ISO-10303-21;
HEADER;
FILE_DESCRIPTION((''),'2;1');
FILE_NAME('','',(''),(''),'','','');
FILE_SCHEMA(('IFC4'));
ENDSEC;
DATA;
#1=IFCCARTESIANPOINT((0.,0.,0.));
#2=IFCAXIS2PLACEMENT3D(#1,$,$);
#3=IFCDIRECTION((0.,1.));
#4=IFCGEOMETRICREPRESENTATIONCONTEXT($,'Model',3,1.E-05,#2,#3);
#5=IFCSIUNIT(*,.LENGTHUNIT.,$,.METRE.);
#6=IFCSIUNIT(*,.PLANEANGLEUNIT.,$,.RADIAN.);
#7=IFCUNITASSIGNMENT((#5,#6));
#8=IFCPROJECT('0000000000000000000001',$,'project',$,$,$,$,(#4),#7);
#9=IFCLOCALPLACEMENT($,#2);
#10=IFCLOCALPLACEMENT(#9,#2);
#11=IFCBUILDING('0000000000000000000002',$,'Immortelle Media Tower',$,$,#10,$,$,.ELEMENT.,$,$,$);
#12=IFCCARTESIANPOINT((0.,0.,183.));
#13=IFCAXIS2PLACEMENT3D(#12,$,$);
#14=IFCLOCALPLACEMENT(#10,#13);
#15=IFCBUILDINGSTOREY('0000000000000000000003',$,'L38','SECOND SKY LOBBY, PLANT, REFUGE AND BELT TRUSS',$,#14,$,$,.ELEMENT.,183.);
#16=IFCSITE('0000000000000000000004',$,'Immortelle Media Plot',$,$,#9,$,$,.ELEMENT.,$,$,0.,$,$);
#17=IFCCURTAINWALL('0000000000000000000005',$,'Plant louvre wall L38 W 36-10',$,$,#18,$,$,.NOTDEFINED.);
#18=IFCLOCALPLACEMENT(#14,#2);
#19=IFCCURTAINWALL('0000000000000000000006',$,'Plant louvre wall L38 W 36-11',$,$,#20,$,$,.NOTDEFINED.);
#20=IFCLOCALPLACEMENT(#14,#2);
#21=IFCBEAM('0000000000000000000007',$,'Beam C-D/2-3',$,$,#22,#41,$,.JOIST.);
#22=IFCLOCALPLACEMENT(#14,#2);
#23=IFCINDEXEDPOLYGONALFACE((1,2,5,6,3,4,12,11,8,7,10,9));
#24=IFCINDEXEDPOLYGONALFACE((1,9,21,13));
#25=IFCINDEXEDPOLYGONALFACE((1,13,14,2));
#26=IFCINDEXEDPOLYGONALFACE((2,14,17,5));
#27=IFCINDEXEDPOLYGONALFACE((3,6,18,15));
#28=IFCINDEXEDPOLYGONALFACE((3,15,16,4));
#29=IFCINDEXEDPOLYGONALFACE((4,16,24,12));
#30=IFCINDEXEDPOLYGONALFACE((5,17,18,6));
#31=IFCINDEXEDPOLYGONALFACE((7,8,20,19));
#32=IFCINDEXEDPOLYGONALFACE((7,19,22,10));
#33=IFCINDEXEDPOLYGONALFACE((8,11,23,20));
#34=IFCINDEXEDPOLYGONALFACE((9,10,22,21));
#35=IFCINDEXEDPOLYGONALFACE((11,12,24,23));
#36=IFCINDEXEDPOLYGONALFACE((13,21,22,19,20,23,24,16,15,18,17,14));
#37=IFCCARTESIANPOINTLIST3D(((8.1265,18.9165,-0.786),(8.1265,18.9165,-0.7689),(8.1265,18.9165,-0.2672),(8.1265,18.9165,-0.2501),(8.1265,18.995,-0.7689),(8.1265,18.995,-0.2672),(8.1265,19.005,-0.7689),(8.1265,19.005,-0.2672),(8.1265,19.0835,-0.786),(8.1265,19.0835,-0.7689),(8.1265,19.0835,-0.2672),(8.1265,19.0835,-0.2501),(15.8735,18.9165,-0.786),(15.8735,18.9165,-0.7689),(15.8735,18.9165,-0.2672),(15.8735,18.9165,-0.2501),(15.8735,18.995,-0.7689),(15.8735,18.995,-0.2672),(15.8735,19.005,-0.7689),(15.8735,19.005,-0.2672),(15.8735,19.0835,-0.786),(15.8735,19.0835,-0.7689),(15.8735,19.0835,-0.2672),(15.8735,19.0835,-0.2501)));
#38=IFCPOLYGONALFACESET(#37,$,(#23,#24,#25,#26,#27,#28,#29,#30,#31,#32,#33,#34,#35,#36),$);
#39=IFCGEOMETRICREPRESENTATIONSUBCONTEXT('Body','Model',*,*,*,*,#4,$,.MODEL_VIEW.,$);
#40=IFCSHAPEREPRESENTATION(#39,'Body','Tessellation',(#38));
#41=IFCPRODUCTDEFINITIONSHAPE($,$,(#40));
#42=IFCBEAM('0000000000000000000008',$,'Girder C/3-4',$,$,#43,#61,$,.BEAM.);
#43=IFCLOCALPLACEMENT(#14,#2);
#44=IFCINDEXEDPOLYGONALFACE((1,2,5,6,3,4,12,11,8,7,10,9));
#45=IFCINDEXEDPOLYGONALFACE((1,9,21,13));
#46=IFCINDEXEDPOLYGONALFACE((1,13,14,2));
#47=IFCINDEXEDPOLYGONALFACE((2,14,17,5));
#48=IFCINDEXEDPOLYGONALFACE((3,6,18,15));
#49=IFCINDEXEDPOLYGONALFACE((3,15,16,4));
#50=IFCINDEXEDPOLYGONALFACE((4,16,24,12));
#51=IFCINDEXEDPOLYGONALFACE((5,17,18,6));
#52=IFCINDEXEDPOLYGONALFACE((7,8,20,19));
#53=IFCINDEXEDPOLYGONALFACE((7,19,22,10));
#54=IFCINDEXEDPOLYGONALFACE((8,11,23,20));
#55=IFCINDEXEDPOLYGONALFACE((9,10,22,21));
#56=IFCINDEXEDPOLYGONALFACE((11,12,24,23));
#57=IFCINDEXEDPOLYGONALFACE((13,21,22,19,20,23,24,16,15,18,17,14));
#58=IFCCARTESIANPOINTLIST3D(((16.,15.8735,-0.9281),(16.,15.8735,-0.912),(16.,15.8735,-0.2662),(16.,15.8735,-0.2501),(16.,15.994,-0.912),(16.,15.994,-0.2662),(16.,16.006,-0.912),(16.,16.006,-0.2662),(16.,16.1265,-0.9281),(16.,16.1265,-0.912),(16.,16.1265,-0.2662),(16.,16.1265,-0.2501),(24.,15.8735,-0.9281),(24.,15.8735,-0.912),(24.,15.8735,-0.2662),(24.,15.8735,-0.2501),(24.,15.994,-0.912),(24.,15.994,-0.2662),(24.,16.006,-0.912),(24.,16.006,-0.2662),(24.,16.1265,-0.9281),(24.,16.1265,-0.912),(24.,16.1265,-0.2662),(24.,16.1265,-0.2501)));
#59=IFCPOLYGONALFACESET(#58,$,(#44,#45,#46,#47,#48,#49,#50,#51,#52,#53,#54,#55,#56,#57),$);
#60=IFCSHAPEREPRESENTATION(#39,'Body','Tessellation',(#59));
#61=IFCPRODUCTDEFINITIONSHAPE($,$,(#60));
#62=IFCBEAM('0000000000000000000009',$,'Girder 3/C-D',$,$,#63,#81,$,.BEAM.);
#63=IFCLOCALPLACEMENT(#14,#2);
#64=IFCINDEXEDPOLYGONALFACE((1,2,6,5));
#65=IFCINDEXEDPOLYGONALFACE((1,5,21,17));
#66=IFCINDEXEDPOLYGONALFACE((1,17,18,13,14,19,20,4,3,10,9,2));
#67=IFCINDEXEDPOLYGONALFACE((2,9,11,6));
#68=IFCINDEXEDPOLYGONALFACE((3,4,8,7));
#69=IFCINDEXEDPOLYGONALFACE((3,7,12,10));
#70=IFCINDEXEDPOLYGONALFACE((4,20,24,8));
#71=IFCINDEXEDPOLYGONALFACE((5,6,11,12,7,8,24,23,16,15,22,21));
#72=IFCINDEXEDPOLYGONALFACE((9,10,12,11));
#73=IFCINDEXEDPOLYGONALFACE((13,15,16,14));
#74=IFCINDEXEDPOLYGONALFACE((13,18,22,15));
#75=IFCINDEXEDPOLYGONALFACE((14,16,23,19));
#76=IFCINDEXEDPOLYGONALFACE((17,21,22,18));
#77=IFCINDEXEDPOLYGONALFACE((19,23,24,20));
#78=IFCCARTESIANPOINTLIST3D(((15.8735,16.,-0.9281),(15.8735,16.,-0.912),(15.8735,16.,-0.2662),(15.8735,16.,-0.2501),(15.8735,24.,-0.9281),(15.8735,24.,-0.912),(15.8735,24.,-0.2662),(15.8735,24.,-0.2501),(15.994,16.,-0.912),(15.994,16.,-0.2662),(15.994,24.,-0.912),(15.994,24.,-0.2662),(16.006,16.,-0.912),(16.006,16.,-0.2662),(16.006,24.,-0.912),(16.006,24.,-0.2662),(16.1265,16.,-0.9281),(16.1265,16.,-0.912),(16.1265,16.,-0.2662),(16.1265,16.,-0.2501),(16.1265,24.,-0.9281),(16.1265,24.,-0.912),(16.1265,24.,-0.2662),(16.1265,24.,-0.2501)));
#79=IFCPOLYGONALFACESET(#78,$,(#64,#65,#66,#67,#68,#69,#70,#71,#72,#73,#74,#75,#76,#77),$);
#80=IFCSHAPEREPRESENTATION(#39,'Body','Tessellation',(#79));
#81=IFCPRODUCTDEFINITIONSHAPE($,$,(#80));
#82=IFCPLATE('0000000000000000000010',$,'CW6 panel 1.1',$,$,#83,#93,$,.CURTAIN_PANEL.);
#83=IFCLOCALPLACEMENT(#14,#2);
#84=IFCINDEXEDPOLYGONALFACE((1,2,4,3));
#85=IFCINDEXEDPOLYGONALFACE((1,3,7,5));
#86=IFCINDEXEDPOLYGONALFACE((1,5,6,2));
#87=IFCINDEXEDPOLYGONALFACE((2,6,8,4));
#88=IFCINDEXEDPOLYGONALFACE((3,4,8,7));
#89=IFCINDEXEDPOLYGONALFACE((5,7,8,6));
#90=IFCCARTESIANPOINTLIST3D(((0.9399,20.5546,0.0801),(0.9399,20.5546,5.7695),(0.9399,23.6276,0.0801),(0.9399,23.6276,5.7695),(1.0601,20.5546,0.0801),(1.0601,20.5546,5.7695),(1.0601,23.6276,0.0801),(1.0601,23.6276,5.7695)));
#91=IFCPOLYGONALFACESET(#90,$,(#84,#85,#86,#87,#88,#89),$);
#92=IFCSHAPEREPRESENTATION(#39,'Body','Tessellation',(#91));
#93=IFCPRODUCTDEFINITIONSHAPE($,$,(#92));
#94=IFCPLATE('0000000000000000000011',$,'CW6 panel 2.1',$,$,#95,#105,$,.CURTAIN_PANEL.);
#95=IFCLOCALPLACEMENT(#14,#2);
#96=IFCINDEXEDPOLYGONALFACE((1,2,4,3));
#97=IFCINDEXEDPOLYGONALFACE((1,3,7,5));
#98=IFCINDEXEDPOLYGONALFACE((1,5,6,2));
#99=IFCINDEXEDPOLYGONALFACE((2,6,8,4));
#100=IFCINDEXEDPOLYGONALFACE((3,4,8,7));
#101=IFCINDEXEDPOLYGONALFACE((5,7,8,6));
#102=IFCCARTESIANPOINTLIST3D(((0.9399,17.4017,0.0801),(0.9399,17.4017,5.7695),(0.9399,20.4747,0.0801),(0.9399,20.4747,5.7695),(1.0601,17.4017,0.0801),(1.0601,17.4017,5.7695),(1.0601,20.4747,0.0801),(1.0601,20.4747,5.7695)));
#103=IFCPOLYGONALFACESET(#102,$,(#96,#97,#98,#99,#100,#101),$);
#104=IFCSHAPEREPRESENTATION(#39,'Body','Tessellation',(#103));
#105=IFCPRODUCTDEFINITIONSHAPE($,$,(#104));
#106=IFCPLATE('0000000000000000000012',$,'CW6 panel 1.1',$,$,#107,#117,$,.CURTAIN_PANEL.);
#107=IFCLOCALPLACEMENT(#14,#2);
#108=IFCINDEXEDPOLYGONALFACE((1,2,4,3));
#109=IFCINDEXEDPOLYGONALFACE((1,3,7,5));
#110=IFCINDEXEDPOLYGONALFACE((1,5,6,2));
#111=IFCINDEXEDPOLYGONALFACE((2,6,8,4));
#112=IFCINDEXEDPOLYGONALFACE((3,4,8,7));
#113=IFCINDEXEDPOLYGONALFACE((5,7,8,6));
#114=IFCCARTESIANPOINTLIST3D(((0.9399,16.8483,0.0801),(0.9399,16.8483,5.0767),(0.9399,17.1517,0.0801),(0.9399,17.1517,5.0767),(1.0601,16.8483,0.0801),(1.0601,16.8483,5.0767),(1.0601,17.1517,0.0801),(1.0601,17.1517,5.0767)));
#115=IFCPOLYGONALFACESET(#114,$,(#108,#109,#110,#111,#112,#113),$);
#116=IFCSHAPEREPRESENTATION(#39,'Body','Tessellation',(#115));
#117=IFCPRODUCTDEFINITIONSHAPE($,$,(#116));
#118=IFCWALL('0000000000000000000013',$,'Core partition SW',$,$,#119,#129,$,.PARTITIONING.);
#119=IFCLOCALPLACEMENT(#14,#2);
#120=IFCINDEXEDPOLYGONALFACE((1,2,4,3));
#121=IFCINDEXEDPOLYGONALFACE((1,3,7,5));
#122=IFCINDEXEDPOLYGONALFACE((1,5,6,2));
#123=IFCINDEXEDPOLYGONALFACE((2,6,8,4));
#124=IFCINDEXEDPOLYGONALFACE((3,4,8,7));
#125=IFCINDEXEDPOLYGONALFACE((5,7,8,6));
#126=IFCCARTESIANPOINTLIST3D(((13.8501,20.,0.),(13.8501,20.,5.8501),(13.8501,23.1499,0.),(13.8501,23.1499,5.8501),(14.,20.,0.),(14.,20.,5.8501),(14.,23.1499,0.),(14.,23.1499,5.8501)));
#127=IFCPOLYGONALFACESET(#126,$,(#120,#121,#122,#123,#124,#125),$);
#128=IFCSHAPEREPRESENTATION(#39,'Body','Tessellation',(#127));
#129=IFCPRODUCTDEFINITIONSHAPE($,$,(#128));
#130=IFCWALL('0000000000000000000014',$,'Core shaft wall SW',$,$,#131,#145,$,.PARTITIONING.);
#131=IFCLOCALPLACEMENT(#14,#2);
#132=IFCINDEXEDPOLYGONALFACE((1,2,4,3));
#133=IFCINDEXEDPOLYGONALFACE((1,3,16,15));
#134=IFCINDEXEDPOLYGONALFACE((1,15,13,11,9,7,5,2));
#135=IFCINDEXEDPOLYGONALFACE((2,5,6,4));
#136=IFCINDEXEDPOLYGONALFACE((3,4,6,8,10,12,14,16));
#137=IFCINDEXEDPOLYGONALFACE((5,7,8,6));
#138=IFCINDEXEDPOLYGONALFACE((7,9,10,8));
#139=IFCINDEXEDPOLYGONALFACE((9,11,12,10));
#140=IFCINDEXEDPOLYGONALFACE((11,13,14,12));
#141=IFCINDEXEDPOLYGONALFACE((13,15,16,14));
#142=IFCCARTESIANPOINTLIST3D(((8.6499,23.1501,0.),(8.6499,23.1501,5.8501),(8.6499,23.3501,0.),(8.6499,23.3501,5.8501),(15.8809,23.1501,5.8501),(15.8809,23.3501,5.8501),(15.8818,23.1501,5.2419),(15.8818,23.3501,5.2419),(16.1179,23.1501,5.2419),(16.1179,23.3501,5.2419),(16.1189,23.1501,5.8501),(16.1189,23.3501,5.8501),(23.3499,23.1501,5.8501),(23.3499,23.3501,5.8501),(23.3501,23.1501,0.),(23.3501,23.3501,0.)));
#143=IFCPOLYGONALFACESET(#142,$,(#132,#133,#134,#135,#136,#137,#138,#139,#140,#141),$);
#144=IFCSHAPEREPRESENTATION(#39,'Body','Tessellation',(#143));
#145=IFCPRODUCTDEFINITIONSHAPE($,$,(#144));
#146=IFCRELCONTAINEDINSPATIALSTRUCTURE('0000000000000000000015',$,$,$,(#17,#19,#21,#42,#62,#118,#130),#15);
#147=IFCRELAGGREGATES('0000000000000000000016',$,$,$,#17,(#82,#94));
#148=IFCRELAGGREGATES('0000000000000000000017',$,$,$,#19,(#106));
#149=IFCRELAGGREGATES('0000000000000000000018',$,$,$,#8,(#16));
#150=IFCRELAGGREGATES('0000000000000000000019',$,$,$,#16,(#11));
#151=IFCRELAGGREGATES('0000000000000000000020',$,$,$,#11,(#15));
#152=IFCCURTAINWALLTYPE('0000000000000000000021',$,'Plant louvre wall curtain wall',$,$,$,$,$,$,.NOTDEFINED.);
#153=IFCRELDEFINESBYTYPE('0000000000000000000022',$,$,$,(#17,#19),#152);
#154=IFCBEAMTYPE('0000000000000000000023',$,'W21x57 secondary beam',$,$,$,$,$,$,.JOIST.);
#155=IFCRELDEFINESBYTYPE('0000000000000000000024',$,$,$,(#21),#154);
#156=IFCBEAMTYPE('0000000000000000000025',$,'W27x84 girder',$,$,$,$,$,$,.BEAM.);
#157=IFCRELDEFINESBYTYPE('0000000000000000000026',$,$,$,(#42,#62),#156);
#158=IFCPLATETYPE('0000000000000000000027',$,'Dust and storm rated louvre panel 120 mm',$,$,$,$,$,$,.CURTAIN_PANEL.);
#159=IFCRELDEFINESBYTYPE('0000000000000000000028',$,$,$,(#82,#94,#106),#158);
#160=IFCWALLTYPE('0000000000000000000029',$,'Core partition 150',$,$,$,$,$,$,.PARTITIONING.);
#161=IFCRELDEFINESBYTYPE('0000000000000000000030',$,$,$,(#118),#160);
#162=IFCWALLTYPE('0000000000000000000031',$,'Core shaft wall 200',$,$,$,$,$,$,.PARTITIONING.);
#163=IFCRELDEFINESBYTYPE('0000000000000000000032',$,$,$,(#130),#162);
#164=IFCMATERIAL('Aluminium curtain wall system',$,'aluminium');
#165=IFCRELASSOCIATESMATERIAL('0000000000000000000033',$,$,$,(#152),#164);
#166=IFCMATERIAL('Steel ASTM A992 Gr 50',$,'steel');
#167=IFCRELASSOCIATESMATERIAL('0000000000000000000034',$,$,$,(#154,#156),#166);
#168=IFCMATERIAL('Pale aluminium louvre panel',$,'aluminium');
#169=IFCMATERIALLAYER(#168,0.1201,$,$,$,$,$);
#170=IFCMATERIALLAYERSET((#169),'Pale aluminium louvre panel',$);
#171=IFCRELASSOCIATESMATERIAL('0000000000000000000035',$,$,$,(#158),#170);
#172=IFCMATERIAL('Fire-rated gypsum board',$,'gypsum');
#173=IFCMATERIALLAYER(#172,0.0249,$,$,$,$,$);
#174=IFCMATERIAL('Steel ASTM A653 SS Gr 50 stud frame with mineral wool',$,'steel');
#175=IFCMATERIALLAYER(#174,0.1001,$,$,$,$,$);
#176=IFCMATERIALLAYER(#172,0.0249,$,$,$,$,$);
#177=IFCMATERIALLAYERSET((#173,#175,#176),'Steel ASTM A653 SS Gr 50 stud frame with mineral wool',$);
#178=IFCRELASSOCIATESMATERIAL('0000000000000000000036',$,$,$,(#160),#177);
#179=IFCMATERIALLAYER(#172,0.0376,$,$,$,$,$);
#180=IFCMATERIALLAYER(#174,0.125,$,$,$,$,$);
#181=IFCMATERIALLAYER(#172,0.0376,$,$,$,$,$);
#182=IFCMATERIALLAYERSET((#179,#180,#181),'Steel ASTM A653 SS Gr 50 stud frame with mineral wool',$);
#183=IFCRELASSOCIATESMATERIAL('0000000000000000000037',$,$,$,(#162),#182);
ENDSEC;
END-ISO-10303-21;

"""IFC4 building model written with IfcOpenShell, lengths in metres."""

from ifc_helpers import new_model, si_unit, direction, frame, frame_2d, origin, origin_2d, place, context, subcontext, project, spatial, polyline, rectangle, i_section, outline, extrude, material, layer, layer_set, material_profile, profile_set, type_object, element, aggregate, save


model = new_model("IFC4")

# Units and contexts
model_context = context("Model", 3, precision=1e-05, world=origin(), true_north=direction((0.0, 1.0)))
body_context = subcontext(model_context, "Body", "Model", "MODEL_VIEW")
ifc_project = project(units=[si_unit("LENGTHUNIT", "METRE"), si_unit("PLANEANGLEUNIT", "RADIAN")], contexts=[model_context])

# Site, building, storey
site_placement = place(None, origin())
site = spatial("IfcSite", under=ifc_project, at=site_placement, Name="Immortelle Media Plot", CompositionType="ELEMENT", RefElevation=0.0)
building_placement = place(site_placement, origin())
building = spatial("IfcBuilding", under=site, at=building_placement, Name="Immortelle Media Tower", CompositionType="ELEMENT")
storey_placement = place(building_placement, frame((0.0, 0.0, 183.0)))
storey = spatial("IfcBuildingStorey", under=building, at=storey_placement, Name="L38", Description="SECOND SKY LOBBY, PLANT, REFUGE AND BELT TRUSS", CompositionType="ELEMENT", Elevation=183.0)

# Shared definitions
ifc_material_1 = material(Name="Steel ASTM A992 Gr 50", Category="steel")

# Curtain walls
ifc_material_2 = material(Name="Aluminium curtain wall system", Category="aluminium")
curtain_wall_type = type_object("IfcCurtainWallType", Name="Plant louvre wall curtain wall", PredefinedType="NOTDEFINED", material=ifc_material_2)
curtain_wall_1_placement = place(storey_placement, origin())
curtain_wall_1 = element("IfcCurtainWall", 1, at=curtain_wall_1_placement, inside=storey, type_object=curtain_wall_type, Name="Plant louvre wall L38 W 36-10", PredefinedType="NOTDEFINED")
curtain_wall_2_placement = place(storey_placement, origin())
curtain_wall_2 = element("IfcCurtainWall", 2, at=curtain_wall_2_placement, inside=storey, type_object=curtain_wall_type, Name="Plant louvre wall L38 W 36-11", PredefinedType="NOTDEFINED")

# Beams
ifc_material_profile_1 = material_profile(ifc_material_1, i_section(OverallWidth=0.167, OverallDepth=0.5359, WebThickness=0.01, FlangeThickness=0.0171, at=origin_2d()), Name="W21x57")
ifc_profile_set_1 = profile_set([ifc_material_profile_1], Name="Steel ASTM A992 Gr 50")
beam_type_1 = type_object("IfcBeamType", Name="W21x57 secondary beam", PredefinedType="JOIST", material=ifc_profile_set_1)
beam_placement = place(storey_placement, frame((8.1265, 19.0, -0.5181), z_axis=(1.0, 0.0, 0.0), x_axis=(0.0, 1.0, 0.0)))
element("IfcBeam", 3, at=beam_placement, inside=storey, type_object=beam_type_1, Name="Beam C-D/2-3", PredefinedType="JOIST", context=body_context, shape_type="SweptSolid", body=[
    extrude(i_section(OverallWidth=0.167, OverallDepth=0.5359, WebThickness=0.01, FlangeThickness=0.0171, at=origin_2d()), origin(), (0.0, 0.0, 1.0), 7.7471),
])
ifc_material_profile_2 = material_profile(ifc_material_1, i_section(OverallWidth=0.2529, OverallDepth=0.678, WebThickness=0.012, FlangeThickness=0.0161, at=origin_2d()), Name="W27x84")
ifc_profile_set_2 = profile_set([ifc_material_profile_2], Name="Steel ASTM A992 Gr 50")
beam_type_2 = type_object("IfcBeamType", Name="W27x84 girder", PredefinedType="BEAM", material=ifc_profile_set_2)
for number, where, z_axis, x_axis, name in (
    (4, (16.0, 16.0, -0.5891), (1.0, 0.0, 0.0), (0.0, 1.0, 0.0), "Girder C/3-4"),
    (5, (16.0, 16.0, -0.5891), (0.0, 1.0, 0.0), (-1.0, 0.0, 0.0), "Girder 3/C-D"),
):
    element("IfcBeam", number, at=place(storey_placement, frame(where, z_axis=z_axis, x_axis=x_axis)), inside=storey, type_object=beam_type_2, Name=name, PredefinedType="BEAM", context=body_context, shape_type="SweptSolid", body=[
        extrude(i_section(OverallWidth=0.2529, OverallDepth=0.678, WebThickness=0.012, FlangeThickness=0.0161, at=origin_2d()), origin(), (0.0, 0.0, 1.0), 8.0),
    ])

# Plates
ifc_material_3 = material(Name="Pale aluminium louvre panel", Category="aluminium")
ifc_layer_1 = layer(ifc_material_3, 0.1201)
ifc_layer_set_1 = layer_set([ifc_layer_1], Name="Pale aluminium louvre panel")
plate_type = type_object("IfcPlateType", Name="Dust and storm rated louvre panel 120 mm", PredefinedType="CURTAIN_PANEL", material=ifc_layer_set_1)
plate_1_placement = place(storey_placement, frame((1.0, 22.0911, 0.0801), z_axis=(0.0, 0.0, 1.0), x_axis=(0.0, -1.0, 0.0)))
plate_1 = element("IfcPlate", 6, at=plate_1_placement, type_object=plate_type, Name="CW6 panel 1.1", PredefinedType="CURTAIN_PANEL", context=body_context, shape_type="SweptSolid", body=[
    extrude(rectangle(XDim=3.073, YDim=0.1201, at=origin_2d()), origin(), (0.0, 0.0, 1.0), 5.6895),
])
plate_2_placement = place(storey_placement, frame((1.0, 18.9382, 0.0801), z_axis=(0.0, 0.0, 1.0), x_axis=(0.0, -1.0, 0.0)))
plate_2 = element("IfcPlate", 7, at=plate_2_placement, type_object=plate_type, Name="CW6 panel 2.1", PredefinedType="CURTAIN_PANEL", context=body_context, shape_type="SweptSolid", body=[
    extrude(rectangle(XDim=3.073, YDim=0.1201, at=origin_2d()), origin(), (0.0, 0.0, 1.0), 5.6895),
])
aggregate(curtain_wall_1, [plate_1, plate_2])
plate_3_placement = place(storey_placement, frame((1.0, 17.0, 0.0801), z_axis=(0.0, 0.0, 1.0), x_axis=(0.0, -1.0, 0.0)))
plate_3 = element("IfcPlate", 8, at=plate_3_placement, type_object=plate_type, Name="CW6 panel 1.1", PredefinedType="CURTAIN_PANEL", context=body_context, shape_type="SweptSolid", body=[
    extrude(rectangle(XDim=0.3035, YDim=0.1201, at=origin_2d()), origin(), (0.0, 0.0, 1.0), 4.9966),
])
aggregate(curtain_wall_2, [plate_3])

# Walls
ifc_material_4 = material(Name="Fire-rated gypsum board", Category="gypsum")
ifc_layer_2 = layer(ifc_material_4, 0.0249)
ifc_material_5 = material(Name="Steel ASTM A653 SS Gr 50 stud frame with mineral wool", Category="steel")
ifc_layer_3 = layer(ifc_material_5, 0.1001)
ifc_layer_4 = layer(ifc_material_4, 0.0249)
ifc_layer_set_2 = layer_set([ifc_layer_2, ifc_layer_3, ifc_layer_4], Name="Steel ASTM A653 SS Gr 50 stud frame with mineral wool")
wall_type_1 = type_object("IfcWallType", Name="Core partition 150", PredefinedType="PARTITIONING", material=ifc_layer_set_2)
wall_1_placement = place(storey_placement, frame((13.925, 20.0, 0.0), z_axis=(0.0, 0.0, 1.0), x_axis=(0.0, 1.0, 0.0)))
element("IfcWall", 9, at=wall_1_placement, inside=storey, type_object=wall_type_1, Name="Core partition SW", PredefinedType="PARTITIONING", context=body_context, shape_type="SweptSolid", body=[
    extrude(rectangle(XDim=3.1499, YDim=0.1499, at=frame_2d((1.575, 0.0))), origin(), (0.0, 0.0, 1.0), 5.8501),
])
ifc_layer_5 = layer(ifc_material_4, 0.0376)
ifc_layer_6 = layer(ifc_material_5, 0.125)
ifc_layer_7 = layer(ifc_material_4, 0.0376)
ifc_layer_set_3 = layer_set([ifc_layer_5, ifc_layer_6, ifc_layer_7], Name="Steel ASTM A653 SS Gr 50 stud frame with mineral wool")
wall_type_2 = type_object("IfcWallType", Name="Core shaft wall 200", PredefinedType="PARTITIONING", material=ifc_layer_set_3)
wall_2_placement = place(storey_placement, frame((8.6499, 23.25, 0.0), z_axis=(0.0, 0.0, 1.0), x_axis=(1.0, 0.0, 0.0)))
element("IfcWall", 10, at=wall_2_placement, inside=storey, type_object=wall_type_2, Name="Core shaft wall SW", PredefinedType="PARTITIONING", context=body_context, shape_type="SweptSolid", body=[
    extrude(outline(polyline([(0.0, 0.0), (14.7002, 0.0), (14.7, 5.8501), (7.469, 5.8501), (7.468, 5.2419), (7.2319, 5.2419), (7.231, 5.8501), (0.0, 5.8501), (0.0, 0.0)])), frame((0.0, 0.1001, 0.0), z_axis=(0.0, -1.0, 0.0), x_axis=(1.0, 0.0, 0.0)), (0.0, 0.0, 1.0), 0.2),
])

save(model, "model.ifc")
